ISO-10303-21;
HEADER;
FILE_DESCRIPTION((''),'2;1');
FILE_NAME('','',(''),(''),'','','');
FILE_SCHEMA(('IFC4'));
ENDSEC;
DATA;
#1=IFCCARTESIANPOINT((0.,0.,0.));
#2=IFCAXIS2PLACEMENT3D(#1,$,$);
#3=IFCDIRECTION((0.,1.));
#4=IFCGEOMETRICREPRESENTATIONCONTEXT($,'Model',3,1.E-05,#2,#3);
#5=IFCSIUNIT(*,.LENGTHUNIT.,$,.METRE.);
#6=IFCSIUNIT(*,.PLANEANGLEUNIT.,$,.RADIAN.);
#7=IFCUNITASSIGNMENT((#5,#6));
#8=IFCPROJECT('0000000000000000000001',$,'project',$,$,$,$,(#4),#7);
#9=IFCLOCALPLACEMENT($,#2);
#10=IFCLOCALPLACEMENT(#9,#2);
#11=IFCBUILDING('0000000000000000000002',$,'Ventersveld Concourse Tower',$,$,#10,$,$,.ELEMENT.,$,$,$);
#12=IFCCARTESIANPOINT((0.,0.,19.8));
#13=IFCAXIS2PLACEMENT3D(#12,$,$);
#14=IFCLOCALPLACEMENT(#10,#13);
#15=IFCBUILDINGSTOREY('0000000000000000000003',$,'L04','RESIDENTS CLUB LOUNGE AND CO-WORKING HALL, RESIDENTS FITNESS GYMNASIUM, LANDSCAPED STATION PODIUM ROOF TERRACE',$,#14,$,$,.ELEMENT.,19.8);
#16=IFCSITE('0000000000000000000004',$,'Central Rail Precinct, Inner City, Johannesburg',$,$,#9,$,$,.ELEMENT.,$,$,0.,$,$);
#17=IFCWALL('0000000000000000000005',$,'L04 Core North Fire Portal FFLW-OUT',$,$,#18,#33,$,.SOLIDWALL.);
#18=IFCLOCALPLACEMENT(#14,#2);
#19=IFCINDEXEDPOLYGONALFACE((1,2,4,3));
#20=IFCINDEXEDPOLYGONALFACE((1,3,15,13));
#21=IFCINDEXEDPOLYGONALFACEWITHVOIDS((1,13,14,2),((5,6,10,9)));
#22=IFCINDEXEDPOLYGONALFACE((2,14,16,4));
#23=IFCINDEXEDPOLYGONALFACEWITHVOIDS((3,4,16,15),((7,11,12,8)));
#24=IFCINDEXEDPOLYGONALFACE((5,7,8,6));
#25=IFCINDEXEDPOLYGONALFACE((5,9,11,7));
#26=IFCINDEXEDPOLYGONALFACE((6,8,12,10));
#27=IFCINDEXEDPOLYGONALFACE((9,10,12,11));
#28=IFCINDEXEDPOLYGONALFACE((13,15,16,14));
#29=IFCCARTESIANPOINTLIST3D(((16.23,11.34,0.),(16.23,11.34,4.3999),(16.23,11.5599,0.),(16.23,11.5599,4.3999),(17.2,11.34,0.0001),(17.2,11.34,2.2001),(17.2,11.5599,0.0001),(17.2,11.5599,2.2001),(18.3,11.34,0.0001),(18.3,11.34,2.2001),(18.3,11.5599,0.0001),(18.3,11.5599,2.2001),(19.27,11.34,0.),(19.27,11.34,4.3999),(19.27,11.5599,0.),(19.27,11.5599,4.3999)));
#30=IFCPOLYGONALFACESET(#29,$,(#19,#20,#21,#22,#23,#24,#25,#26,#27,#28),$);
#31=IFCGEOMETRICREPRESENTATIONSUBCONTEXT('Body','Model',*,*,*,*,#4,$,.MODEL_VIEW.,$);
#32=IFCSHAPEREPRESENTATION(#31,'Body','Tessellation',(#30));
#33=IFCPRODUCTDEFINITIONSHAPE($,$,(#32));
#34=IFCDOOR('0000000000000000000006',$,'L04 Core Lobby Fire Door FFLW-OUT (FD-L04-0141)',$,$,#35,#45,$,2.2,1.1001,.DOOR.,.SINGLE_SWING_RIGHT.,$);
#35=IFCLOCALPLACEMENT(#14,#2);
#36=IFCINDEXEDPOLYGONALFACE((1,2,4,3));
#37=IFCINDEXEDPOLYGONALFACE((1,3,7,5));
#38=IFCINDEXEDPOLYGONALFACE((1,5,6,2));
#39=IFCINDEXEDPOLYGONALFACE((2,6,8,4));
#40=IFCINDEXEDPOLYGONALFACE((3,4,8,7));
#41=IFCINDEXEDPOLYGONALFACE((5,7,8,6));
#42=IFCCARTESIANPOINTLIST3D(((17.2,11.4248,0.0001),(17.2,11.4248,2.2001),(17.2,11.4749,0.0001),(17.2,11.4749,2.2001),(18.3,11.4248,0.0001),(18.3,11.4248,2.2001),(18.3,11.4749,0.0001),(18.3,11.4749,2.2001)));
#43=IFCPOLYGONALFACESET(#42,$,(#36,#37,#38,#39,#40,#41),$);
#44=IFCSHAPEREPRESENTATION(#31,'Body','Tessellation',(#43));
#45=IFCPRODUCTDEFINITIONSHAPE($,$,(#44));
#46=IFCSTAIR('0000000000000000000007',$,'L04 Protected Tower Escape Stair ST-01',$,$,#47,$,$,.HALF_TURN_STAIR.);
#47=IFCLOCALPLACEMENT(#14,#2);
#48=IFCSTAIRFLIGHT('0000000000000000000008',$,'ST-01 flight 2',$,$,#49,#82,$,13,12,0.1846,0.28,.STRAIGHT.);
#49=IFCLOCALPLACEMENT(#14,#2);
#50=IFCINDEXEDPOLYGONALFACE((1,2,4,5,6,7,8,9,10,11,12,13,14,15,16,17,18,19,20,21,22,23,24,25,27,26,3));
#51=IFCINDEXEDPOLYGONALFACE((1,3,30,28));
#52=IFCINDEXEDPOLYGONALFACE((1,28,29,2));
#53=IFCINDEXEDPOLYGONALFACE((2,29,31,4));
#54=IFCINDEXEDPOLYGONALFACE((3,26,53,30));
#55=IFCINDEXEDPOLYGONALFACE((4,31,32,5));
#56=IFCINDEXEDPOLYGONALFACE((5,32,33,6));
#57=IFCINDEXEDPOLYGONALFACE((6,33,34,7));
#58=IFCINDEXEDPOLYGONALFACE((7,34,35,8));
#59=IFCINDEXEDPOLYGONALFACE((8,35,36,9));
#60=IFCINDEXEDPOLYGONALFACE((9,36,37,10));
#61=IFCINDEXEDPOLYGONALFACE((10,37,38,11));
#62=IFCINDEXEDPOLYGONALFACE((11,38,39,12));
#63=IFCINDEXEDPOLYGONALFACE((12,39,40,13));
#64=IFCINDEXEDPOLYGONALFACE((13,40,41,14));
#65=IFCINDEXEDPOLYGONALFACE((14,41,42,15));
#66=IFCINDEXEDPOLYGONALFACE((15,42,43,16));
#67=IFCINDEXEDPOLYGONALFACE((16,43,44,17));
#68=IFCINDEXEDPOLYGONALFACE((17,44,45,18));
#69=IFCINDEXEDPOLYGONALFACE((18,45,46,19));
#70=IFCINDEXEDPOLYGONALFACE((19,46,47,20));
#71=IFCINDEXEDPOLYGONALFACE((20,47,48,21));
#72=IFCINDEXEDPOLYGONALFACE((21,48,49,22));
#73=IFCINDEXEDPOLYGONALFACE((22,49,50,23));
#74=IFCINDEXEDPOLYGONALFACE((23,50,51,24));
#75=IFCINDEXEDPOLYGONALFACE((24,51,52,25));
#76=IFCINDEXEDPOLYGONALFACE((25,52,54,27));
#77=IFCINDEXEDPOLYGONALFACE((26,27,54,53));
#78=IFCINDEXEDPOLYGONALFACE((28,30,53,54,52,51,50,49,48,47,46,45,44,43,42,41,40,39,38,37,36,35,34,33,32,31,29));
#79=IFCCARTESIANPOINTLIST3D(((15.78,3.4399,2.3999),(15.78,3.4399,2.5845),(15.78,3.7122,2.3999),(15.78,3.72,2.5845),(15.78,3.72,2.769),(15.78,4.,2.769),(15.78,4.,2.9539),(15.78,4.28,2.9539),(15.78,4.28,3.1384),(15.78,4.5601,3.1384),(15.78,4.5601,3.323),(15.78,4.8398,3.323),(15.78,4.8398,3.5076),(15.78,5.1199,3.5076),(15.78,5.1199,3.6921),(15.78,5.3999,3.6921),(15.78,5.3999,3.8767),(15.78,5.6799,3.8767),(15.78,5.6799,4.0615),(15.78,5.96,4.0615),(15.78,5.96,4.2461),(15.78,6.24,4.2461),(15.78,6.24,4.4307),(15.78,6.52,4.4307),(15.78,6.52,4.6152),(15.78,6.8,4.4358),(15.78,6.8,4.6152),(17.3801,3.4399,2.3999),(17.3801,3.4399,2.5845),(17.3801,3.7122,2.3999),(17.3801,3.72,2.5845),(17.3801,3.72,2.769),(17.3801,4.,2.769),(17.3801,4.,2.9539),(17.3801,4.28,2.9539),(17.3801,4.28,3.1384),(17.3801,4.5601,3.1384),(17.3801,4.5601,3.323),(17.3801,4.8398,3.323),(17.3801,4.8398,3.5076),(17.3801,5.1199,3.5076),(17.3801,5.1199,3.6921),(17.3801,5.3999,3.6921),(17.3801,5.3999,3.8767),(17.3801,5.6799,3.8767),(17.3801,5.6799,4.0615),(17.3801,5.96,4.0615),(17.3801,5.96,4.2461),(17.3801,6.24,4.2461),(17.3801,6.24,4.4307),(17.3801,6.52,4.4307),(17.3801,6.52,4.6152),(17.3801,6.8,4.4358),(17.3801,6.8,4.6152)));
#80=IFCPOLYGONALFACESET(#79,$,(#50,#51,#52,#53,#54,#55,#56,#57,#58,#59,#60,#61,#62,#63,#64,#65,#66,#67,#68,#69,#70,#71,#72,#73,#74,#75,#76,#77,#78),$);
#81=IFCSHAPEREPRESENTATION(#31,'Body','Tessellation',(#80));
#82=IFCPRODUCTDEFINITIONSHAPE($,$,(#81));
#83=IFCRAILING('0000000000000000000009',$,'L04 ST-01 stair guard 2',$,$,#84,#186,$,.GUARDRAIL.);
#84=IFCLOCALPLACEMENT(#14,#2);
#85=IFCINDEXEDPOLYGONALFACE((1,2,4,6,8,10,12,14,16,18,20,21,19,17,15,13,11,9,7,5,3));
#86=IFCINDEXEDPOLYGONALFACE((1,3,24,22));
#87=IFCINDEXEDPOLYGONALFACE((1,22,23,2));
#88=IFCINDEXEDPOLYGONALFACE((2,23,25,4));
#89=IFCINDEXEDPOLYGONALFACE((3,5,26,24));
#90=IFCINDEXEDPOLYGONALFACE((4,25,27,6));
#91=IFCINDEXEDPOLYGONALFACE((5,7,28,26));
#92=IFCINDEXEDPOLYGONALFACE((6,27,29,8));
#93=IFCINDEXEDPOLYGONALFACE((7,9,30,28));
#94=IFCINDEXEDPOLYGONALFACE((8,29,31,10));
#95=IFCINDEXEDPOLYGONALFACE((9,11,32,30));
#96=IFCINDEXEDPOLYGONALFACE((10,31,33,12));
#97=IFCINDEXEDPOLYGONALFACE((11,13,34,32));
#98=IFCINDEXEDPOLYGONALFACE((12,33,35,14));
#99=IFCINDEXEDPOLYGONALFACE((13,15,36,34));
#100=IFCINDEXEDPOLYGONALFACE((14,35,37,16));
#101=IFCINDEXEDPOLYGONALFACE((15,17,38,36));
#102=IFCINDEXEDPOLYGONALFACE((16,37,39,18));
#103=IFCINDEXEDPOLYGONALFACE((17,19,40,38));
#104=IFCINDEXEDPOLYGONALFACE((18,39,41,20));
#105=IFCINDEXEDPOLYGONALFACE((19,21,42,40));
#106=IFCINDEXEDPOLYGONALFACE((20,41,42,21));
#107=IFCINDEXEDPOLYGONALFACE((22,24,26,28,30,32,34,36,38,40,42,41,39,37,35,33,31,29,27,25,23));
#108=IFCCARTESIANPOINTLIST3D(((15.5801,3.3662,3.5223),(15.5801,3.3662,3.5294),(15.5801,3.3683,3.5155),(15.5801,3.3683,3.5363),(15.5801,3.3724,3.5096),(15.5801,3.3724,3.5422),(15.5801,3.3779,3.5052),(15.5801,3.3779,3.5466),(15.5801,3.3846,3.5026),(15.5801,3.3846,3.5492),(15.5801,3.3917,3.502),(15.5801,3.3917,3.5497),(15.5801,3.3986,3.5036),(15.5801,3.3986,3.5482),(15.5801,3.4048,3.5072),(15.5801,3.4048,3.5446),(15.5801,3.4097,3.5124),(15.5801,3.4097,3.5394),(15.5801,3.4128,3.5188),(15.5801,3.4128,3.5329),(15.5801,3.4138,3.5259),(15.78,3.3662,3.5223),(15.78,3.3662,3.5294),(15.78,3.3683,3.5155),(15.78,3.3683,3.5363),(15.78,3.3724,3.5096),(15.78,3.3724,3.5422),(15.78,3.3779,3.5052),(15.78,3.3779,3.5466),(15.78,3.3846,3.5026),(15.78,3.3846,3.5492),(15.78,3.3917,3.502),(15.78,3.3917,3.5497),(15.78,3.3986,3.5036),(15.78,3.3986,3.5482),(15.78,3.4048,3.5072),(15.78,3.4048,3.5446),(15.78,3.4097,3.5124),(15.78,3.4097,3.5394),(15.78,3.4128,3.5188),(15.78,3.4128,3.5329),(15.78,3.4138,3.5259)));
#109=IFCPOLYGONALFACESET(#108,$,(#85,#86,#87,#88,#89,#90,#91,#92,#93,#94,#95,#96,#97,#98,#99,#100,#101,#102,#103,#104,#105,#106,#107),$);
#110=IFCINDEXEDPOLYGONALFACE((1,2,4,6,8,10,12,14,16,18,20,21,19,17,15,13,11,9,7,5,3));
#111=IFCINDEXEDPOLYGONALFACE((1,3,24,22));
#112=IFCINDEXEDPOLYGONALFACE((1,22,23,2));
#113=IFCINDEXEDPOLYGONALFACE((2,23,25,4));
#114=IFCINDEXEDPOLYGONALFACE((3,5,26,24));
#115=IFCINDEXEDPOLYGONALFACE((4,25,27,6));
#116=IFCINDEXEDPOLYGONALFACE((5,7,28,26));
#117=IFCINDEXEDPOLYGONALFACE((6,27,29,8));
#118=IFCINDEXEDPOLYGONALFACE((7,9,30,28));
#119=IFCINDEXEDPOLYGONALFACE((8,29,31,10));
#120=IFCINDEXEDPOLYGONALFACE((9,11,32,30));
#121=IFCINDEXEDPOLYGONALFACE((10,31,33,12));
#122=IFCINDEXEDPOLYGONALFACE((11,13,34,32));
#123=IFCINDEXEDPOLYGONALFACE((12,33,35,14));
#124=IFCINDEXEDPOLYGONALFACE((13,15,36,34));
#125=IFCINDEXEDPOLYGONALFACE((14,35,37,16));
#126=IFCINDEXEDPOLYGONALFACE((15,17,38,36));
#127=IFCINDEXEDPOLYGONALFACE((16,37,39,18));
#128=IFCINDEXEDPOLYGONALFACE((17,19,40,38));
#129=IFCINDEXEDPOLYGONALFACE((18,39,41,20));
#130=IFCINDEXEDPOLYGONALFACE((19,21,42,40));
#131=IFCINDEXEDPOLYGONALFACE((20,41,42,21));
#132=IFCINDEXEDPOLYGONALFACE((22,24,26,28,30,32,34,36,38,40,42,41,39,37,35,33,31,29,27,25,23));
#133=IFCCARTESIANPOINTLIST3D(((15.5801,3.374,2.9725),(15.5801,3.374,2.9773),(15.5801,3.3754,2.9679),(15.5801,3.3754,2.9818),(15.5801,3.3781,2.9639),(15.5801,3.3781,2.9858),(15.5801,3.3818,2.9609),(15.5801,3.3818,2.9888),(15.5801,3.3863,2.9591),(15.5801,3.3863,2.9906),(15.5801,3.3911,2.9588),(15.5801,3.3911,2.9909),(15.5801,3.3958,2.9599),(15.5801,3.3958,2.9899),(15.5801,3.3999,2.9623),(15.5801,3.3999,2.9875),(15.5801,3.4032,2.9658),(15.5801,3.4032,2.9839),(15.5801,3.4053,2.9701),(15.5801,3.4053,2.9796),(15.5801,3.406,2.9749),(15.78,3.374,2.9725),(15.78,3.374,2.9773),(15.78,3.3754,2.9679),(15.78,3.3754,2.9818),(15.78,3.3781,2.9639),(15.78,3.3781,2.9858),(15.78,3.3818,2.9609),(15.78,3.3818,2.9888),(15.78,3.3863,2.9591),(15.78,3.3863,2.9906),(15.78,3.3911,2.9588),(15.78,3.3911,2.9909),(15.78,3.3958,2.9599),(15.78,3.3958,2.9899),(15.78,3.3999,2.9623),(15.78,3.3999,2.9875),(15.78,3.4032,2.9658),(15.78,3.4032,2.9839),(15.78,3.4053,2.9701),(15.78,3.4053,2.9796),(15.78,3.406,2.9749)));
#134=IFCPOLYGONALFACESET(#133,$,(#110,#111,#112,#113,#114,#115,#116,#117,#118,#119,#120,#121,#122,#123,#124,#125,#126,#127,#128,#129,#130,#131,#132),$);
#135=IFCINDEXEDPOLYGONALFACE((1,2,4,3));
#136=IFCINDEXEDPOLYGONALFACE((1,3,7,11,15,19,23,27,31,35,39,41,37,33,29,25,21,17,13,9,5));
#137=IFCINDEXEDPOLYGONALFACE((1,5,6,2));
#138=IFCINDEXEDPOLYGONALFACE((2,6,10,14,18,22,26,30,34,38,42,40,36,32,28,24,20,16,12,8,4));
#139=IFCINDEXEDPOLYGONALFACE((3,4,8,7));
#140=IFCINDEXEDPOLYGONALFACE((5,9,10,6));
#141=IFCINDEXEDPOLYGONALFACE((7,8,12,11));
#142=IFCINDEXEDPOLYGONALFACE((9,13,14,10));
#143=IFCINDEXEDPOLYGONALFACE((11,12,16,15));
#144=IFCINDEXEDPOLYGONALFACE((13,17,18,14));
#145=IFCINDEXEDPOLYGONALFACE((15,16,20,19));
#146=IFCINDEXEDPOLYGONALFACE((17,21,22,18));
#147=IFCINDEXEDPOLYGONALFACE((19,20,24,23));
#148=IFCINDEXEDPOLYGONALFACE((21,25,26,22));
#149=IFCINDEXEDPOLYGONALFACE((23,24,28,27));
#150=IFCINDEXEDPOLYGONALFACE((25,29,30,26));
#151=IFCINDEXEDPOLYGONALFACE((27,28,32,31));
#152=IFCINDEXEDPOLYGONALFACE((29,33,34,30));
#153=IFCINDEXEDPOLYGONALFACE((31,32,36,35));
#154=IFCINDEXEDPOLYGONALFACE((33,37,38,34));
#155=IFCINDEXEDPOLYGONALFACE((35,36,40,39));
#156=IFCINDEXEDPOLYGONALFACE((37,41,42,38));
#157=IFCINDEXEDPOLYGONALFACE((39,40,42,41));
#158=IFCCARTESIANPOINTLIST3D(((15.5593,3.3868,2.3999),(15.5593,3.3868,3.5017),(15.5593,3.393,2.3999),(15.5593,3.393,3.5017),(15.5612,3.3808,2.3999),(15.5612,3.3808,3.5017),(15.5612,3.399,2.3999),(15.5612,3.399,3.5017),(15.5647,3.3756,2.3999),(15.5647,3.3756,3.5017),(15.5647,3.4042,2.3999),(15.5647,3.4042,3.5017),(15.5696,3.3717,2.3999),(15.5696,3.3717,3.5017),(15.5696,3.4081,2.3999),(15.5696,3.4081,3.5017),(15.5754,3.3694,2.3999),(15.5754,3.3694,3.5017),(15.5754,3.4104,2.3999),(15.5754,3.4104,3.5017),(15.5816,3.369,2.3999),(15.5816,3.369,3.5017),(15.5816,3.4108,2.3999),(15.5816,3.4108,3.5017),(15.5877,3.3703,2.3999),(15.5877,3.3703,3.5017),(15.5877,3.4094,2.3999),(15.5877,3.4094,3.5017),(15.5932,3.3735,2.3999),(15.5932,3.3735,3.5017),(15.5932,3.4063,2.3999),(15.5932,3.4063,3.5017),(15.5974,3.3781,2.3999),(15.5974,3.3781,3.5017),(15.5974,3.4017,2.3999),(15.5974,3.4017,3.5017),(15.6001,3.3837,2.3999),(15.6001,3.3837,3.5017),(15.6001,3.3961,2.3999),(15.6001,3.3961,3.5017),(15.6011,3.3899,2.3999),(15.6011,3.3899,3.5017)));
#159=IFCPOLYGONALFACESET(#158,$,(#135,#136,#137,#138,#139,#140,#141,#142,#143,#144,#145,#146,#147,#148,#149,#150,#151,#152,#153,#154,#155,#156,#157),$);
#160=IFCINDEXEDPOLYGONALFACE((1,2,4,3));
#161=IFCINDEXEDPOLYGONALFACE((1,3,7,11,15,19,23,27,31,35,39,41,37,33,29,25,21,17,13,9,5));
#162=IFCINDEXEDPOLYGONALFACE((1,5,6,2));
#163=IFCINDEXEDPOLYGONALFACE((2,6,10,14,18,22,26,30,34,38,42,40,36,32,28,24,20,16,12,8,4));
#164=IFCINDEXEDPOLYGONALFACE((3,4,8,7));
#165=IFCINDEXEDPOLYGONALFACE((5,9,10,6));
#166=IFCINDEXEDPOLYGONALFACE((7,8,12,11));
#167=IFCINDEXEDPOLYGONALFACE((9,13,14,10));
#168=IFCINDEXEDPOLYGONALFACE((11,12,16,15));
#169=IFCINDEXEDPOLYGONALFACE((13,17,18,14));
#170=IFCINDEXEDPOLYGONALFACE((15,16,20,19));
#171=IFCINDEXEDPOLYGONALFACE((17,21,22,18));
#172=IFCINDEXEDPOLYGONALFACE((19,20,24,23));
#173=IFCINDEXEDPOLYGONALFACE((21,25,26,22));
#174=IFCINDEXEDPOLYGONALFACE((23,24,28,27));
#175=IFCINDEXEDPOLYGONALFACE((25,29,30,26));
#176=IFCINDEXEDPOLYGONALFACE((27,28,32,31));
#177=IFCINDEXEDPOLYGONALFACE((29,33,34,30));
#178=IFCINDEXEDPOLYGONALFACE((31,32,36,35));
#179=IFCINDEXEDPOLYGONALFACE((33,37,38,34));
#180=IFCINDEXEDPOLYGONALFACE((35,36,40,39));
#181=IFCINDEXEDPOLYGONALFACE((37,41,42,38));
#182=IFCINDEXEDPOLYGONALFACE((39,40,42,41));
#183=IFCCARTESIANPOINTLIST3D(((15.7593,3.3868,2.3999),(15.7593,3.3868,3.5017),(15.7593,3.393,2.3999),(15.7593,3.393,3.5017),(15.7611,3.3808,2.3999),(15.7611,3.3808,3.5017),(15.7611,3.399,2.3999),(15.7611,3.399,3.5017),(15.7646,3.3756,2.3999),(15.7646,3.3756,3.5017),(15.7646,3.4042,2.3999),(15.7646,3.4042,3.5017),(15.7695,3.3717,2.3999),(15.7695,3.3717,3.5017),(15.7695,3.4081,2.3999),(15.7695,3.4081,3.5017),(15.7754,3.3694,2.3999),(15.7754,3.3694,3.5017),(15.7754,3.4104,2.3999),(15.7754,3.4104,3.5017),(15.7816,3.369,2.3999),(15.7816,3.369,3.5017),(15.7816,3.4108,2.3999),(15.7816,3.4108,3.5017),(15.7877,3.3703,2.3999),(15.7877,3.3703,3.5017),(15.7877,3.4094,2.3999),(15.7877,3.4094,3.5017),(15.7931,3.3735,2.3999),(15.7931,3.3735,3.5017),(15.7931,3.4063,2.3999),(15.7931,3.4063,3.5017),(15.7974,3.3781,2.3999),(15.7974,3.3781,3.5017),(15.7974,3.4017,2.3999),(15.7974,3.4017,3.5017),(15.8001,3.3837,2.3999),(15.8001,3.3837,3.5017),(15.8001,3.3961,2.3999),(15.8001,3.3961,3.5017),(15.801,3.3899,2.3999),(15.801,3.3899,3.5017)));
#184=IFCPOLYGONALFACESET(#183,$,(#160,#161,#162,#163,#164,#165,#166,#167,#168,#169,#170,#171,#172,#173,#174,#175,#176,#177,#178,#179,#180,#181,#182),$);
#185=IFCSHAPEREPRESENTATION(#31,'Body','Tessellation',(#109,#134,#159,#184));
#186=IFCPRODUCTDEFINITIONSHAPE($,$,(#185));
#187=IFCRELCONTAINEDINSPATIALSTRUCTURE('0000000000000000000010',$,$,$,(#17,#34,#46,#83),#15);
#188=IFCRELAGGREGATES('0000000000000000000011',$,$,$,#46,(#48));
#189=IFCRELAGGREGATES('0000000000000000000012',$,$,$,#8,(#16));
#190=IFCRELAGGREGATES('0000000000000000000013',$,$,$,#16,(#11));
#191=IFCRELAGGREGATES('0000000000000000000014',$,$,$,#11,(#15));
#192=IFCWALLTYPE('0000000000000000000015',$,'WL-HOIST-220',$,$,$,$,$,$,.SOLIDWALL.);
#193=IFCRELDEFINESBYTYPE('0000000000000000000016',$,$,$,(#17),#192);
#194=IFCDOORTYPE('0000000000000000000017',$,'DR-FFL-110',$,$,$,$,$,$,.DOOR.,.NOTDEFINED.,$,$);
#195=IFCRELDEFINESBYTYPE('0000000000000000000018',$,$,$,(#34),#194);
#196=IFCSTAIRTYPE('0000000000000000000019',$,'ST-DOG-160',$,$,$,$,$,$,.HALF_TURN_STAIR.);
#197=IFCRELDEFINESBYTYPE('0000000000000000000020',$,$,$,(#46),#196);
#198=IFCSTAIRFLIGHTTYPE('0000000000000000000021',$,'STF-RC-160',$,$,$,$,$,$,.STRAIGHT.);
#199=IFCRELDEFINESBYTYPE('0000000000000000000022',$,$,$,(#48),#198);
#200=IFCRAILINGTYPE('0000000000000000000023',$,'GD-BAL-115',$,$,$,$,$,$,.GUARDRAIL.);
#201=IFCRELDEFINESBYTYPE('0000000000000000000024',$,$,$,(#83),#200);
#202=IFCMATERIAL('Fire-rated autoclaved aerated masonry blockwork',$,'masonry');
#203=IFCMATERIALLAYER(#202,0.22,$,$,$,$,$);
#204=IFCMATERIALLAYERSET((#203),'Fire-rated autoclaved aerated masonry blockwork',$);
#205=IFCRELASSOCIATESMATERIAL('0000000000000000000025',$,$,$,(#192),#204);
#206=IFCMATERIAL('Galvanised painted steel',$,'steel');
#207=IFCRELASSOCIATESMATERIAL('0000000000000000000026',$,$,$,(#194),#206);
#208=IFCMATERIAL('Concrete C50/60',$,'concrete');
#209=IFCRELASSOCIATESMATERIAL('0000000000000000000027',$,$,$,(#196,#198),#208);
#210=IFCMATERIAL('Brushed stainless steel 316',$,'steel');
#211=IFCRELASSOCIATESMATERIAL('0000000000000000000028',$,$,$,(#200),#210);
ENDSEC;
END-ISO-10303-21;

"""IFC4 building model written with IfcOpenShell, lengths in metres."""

from ifc_helpers import new_model, si_unit, direction, frame, frame_2d, origin, origin_2d, place, context, subcontext, project, spatial, polyline, rectangle, circle, outline, extrude, material, layer, layer_set, type_object, element, fill, aggregate, save


model = new_model("IFC4")

# Units and contexts
model_context = context("Model", 3, precision=1e-05, world=origin(), true_north=direction((0.0, 1.0)))
body_context = subcontext(model_context, "Body", "Model", "MODEL_VIEW")
ifc_project = project(units=[si_unit("LENGTHUNIT", "METRE"), si_unit("PLANEANGLEUNIT", "RADIAN")], contexts=[model_context])

# Site, building, storey
site_placement = place(None, origin())
site = spatial("IfcSite", under=ifc_project, at=site_placement, Name="Central Rail Precinct, Inner City, Johannesburg", CompositionType="ELEMENT", RefElevation=0.0)
building_placement = place(site_placement, origin())
building = spatial("IfcBuilding", under=site, at=building_placement, Name="Ventersveld Concourse Tower", CompositionType="ELEMENT")
storey_placement = place(building_placement, frame((0.0, 0.0, 19.8)))
storey = spatial("IfcBuildingStorey", under=building, at=storey_placement, Name="L04", Description="RESIDENTS CLUB LOUNGE AND CO-WORKING HALL, RESIDENTS FITNESS GYMNASIUM, LANDSCAPED STATION PODIUM ROOF TERRACE", CompositionType="ELEMENT", Elevation=19.8)

# Shared definitions
ifc_material_1 = material(Name="Concrete C50/60", Category="concrete")

# Shared definitions
ifc_material_2 = material(Name="Fire-rated autoclaved aerated masonry blockwork", Category="masonry")
ifc_layer_1 = layer(ifc_material_2, 0.22)
ifc_layer_set_1 = layer_set([ifc_layer_1], Name="Fire-rated autoclaved aerated masonry blockwork")
wall_type_1 = type_object("IfcWallType", Name="WL-HOIST-220", PredefinedType="SOLIDWALL", material=ifc_layer_set_1)

# Shared definitions
ifc_material_3 = material(Name="Brushed stainless steel 316", Category="steel")

# Wall, opening, door
ifc_material_4 = material(Name="Galvanised painted steel", Category="steel")
door_type_1 = type_object("IfcDoorType", Name="DR-FFL-110", OperationType="NOTDEFINED", PredefinedType="DOOR", material=ifc_material_4)
wall_1_placement = place(storey_placement, frame((16.23, 11.45, 0.0), z_axis=(0.0, 0.0, 1.0), x_axis=(1.0, 0.0, 0.0)))
wall_1 = element("IfcWall", 1, at=wall_1_placement, inside=storey, type_object=wall_type_1, Name="L04 Core North Fire Portal FFLW-OUT", PredefinedType="SOLIDWALL", context=body_context, shape_type="SweptSolid", body=[
    extrude(rectangle(XDim=3.04, YDim=0.22, at=frame_2d((1.52, 0.0))), origin(), (0.0, 0.0, 1.0), 4.3999),
])
opening_1_placement = place(wall_1_placement, frame((0.97, 0.0, 0.0)))
opening_1 = element("IfcOpeningElement", 2, at=opening_1_placement, cuts=wall_1, PredefinedType="OPENING", context=body_context, shape_type="SweptSolid", body=[
    extrude(rectangle(XDim=1.1001, YDim=2.2, at=frame_2d((0.55, 1.1001))), frame((0.0, 0.1201, 0.0), z_axis=(0.0, -1.0, 0.0), x_axis=(1.0, 0.0, 0.0)), (0.0, 0.0, 1.0), 0.24),
])
door_1_placement = place(opening_1_placement, origin())
door_1 = element("IfcDoor", 3, at=door_1_placement, inside=storey, type_object=door_type_1, Name="L04 Core Lobby Fire Door FFLW-OUT (FD-L04-0141)", OperationType="SINGLE_SWING_RIGHT", OverallHeight=2.2, OverallWidth=1.1001, PredefinedType="DOOR", context=body_context, shape_type="SweptSolid", body=[
    extrude(rectangle(XDim=1.1001, YDim=2.2, at=frame_2d((0.55, 1.1001))), frame((0.0, 0.0249, 0.0), z_axis=(0.0, -1.0, 0.0), x_axis=(1.0, 0.0, 0.0)), (0.0, 0.0, 1.0), 0.05),
])
fill(opening_1, door_1)

# Stair, stair flight
stair_type = type_object("IfcStairType", Name="ST-DOG-160", PredefinedType="HALF_TURN_STAIR", material=ifc_material_1)
stair_placement = place(storey_placement, origin())
stair = element("IfcStair", 4, at=stair_placement, inside=storey, type_object=stair_type, Name="L04 Protected Tower Escape Stair ST-01", PredefinedType="HALF_TURN_STAIR")
stair_flight_type = type_object("IfcStairFlightType", Name="STF-RC-160", PredefinedType="STRAIGHT", material=ifc_material_1)
stair_flight_placement = place(storey_placement, frame((16.5801, 3.4399, 2.3999), z_axis=(0.0, 0.0, 1.0), x_axis=(0.0, 1.0, 0.0)))
stair_flight = element("IfcStairFlight", 5, at=stair_flight_placement, type_object=stair_flight_type, Name="ST-01 flight 2", NumberOfRisers=13, NumberOfTreads=12, PredefinedType="STRAIGHT", RiserHeight=0.1846, TreadLength=0.28, context=body_context, shape_type="SweptSolid", body=[
    extrude(outline(polyline([(0.0, 0.0), (0.0, 0.1846), (0.28, 0.1846), (0.28, 0.3691), (0.5601, 0.3691), (0.5601, 0.554), (0.8401, 0.554), (0.8401, 0.7385), (1.1201, 0.7385), (1.1201, 0.9231), (1.3999, 0.9231), (1.3999, 1.1077), (1.6799, 1.1077), (1.6799, 1.2922), (1.96, 1.2922), (1.96, 1.4768), (2.24, 1.4768), (2.24, 1.6616), (2.52, 1.6616), (2.52, 1.8462), (2.8, 1.8462), (2.8, 2.0308), (3.0801, 2.0308), (3.0801, 2.2153), (3.3601, 2.2153), (3.3601, 2.3999), (3.3601, 2.0359), (0.2722, 0.0), (0.0, 0.0)])), frame((0.0, 0.8, 0.0), z_axis=(0.0, -1.0, 0.0), x_axis=(1.0, 0.0, 0.0)), (0.0, 0.0, 1.0), 1.6001),
])
aggregate(stair, [stair_flight])

# Railing
railing_type_1 = type_object("IfcRailingType", Name="GD-BAL-115", PredefinedType="GUARDRAIL", material=ifc_material_3)
railing_1_placement = place(storey_placement, frame((15.5801, 3.3899, 2.3999)))
element("IfcRailing", 6, at=railing_1_placement, inside=storey, type_object=railing_type_1, Name="L04 ST-01 stair guard 2", PredefinedType="GUARDRAIL", context=body_context, shape_type="SweptSolid", body=[
    extrude(circle(Radius=0.0239, at=origin_2d()), frame((0.0, 0.0, 1.126), z_axis=(1.0, 0.0, 0.0), x_axis=(0.0, 1.0, 0.0)), (0.0, 0.0, 1.0), 0.2),
    extrude(circle(Radius=0.0161, at=origin_2d()), frame((0.0, 0.0, 0.575), z_axis=(1.0, 0.0, 0.0), x_axis=(0.0, 1.0, 0.0)), (0.0, 0.0, 1.0), 0.2),
    extrude(circle(Radius=0.021, at=origin_2d()), origin(), (0.0, 0.0, 1.0), 1.1018),
    extrude(circle(Radius=0.021, at=origin_2d()), frame((0.2, 0.0, 0.0)), (0.0, 0.0, 1.0), 1.1018),
])

save(model, "model.ifc")
